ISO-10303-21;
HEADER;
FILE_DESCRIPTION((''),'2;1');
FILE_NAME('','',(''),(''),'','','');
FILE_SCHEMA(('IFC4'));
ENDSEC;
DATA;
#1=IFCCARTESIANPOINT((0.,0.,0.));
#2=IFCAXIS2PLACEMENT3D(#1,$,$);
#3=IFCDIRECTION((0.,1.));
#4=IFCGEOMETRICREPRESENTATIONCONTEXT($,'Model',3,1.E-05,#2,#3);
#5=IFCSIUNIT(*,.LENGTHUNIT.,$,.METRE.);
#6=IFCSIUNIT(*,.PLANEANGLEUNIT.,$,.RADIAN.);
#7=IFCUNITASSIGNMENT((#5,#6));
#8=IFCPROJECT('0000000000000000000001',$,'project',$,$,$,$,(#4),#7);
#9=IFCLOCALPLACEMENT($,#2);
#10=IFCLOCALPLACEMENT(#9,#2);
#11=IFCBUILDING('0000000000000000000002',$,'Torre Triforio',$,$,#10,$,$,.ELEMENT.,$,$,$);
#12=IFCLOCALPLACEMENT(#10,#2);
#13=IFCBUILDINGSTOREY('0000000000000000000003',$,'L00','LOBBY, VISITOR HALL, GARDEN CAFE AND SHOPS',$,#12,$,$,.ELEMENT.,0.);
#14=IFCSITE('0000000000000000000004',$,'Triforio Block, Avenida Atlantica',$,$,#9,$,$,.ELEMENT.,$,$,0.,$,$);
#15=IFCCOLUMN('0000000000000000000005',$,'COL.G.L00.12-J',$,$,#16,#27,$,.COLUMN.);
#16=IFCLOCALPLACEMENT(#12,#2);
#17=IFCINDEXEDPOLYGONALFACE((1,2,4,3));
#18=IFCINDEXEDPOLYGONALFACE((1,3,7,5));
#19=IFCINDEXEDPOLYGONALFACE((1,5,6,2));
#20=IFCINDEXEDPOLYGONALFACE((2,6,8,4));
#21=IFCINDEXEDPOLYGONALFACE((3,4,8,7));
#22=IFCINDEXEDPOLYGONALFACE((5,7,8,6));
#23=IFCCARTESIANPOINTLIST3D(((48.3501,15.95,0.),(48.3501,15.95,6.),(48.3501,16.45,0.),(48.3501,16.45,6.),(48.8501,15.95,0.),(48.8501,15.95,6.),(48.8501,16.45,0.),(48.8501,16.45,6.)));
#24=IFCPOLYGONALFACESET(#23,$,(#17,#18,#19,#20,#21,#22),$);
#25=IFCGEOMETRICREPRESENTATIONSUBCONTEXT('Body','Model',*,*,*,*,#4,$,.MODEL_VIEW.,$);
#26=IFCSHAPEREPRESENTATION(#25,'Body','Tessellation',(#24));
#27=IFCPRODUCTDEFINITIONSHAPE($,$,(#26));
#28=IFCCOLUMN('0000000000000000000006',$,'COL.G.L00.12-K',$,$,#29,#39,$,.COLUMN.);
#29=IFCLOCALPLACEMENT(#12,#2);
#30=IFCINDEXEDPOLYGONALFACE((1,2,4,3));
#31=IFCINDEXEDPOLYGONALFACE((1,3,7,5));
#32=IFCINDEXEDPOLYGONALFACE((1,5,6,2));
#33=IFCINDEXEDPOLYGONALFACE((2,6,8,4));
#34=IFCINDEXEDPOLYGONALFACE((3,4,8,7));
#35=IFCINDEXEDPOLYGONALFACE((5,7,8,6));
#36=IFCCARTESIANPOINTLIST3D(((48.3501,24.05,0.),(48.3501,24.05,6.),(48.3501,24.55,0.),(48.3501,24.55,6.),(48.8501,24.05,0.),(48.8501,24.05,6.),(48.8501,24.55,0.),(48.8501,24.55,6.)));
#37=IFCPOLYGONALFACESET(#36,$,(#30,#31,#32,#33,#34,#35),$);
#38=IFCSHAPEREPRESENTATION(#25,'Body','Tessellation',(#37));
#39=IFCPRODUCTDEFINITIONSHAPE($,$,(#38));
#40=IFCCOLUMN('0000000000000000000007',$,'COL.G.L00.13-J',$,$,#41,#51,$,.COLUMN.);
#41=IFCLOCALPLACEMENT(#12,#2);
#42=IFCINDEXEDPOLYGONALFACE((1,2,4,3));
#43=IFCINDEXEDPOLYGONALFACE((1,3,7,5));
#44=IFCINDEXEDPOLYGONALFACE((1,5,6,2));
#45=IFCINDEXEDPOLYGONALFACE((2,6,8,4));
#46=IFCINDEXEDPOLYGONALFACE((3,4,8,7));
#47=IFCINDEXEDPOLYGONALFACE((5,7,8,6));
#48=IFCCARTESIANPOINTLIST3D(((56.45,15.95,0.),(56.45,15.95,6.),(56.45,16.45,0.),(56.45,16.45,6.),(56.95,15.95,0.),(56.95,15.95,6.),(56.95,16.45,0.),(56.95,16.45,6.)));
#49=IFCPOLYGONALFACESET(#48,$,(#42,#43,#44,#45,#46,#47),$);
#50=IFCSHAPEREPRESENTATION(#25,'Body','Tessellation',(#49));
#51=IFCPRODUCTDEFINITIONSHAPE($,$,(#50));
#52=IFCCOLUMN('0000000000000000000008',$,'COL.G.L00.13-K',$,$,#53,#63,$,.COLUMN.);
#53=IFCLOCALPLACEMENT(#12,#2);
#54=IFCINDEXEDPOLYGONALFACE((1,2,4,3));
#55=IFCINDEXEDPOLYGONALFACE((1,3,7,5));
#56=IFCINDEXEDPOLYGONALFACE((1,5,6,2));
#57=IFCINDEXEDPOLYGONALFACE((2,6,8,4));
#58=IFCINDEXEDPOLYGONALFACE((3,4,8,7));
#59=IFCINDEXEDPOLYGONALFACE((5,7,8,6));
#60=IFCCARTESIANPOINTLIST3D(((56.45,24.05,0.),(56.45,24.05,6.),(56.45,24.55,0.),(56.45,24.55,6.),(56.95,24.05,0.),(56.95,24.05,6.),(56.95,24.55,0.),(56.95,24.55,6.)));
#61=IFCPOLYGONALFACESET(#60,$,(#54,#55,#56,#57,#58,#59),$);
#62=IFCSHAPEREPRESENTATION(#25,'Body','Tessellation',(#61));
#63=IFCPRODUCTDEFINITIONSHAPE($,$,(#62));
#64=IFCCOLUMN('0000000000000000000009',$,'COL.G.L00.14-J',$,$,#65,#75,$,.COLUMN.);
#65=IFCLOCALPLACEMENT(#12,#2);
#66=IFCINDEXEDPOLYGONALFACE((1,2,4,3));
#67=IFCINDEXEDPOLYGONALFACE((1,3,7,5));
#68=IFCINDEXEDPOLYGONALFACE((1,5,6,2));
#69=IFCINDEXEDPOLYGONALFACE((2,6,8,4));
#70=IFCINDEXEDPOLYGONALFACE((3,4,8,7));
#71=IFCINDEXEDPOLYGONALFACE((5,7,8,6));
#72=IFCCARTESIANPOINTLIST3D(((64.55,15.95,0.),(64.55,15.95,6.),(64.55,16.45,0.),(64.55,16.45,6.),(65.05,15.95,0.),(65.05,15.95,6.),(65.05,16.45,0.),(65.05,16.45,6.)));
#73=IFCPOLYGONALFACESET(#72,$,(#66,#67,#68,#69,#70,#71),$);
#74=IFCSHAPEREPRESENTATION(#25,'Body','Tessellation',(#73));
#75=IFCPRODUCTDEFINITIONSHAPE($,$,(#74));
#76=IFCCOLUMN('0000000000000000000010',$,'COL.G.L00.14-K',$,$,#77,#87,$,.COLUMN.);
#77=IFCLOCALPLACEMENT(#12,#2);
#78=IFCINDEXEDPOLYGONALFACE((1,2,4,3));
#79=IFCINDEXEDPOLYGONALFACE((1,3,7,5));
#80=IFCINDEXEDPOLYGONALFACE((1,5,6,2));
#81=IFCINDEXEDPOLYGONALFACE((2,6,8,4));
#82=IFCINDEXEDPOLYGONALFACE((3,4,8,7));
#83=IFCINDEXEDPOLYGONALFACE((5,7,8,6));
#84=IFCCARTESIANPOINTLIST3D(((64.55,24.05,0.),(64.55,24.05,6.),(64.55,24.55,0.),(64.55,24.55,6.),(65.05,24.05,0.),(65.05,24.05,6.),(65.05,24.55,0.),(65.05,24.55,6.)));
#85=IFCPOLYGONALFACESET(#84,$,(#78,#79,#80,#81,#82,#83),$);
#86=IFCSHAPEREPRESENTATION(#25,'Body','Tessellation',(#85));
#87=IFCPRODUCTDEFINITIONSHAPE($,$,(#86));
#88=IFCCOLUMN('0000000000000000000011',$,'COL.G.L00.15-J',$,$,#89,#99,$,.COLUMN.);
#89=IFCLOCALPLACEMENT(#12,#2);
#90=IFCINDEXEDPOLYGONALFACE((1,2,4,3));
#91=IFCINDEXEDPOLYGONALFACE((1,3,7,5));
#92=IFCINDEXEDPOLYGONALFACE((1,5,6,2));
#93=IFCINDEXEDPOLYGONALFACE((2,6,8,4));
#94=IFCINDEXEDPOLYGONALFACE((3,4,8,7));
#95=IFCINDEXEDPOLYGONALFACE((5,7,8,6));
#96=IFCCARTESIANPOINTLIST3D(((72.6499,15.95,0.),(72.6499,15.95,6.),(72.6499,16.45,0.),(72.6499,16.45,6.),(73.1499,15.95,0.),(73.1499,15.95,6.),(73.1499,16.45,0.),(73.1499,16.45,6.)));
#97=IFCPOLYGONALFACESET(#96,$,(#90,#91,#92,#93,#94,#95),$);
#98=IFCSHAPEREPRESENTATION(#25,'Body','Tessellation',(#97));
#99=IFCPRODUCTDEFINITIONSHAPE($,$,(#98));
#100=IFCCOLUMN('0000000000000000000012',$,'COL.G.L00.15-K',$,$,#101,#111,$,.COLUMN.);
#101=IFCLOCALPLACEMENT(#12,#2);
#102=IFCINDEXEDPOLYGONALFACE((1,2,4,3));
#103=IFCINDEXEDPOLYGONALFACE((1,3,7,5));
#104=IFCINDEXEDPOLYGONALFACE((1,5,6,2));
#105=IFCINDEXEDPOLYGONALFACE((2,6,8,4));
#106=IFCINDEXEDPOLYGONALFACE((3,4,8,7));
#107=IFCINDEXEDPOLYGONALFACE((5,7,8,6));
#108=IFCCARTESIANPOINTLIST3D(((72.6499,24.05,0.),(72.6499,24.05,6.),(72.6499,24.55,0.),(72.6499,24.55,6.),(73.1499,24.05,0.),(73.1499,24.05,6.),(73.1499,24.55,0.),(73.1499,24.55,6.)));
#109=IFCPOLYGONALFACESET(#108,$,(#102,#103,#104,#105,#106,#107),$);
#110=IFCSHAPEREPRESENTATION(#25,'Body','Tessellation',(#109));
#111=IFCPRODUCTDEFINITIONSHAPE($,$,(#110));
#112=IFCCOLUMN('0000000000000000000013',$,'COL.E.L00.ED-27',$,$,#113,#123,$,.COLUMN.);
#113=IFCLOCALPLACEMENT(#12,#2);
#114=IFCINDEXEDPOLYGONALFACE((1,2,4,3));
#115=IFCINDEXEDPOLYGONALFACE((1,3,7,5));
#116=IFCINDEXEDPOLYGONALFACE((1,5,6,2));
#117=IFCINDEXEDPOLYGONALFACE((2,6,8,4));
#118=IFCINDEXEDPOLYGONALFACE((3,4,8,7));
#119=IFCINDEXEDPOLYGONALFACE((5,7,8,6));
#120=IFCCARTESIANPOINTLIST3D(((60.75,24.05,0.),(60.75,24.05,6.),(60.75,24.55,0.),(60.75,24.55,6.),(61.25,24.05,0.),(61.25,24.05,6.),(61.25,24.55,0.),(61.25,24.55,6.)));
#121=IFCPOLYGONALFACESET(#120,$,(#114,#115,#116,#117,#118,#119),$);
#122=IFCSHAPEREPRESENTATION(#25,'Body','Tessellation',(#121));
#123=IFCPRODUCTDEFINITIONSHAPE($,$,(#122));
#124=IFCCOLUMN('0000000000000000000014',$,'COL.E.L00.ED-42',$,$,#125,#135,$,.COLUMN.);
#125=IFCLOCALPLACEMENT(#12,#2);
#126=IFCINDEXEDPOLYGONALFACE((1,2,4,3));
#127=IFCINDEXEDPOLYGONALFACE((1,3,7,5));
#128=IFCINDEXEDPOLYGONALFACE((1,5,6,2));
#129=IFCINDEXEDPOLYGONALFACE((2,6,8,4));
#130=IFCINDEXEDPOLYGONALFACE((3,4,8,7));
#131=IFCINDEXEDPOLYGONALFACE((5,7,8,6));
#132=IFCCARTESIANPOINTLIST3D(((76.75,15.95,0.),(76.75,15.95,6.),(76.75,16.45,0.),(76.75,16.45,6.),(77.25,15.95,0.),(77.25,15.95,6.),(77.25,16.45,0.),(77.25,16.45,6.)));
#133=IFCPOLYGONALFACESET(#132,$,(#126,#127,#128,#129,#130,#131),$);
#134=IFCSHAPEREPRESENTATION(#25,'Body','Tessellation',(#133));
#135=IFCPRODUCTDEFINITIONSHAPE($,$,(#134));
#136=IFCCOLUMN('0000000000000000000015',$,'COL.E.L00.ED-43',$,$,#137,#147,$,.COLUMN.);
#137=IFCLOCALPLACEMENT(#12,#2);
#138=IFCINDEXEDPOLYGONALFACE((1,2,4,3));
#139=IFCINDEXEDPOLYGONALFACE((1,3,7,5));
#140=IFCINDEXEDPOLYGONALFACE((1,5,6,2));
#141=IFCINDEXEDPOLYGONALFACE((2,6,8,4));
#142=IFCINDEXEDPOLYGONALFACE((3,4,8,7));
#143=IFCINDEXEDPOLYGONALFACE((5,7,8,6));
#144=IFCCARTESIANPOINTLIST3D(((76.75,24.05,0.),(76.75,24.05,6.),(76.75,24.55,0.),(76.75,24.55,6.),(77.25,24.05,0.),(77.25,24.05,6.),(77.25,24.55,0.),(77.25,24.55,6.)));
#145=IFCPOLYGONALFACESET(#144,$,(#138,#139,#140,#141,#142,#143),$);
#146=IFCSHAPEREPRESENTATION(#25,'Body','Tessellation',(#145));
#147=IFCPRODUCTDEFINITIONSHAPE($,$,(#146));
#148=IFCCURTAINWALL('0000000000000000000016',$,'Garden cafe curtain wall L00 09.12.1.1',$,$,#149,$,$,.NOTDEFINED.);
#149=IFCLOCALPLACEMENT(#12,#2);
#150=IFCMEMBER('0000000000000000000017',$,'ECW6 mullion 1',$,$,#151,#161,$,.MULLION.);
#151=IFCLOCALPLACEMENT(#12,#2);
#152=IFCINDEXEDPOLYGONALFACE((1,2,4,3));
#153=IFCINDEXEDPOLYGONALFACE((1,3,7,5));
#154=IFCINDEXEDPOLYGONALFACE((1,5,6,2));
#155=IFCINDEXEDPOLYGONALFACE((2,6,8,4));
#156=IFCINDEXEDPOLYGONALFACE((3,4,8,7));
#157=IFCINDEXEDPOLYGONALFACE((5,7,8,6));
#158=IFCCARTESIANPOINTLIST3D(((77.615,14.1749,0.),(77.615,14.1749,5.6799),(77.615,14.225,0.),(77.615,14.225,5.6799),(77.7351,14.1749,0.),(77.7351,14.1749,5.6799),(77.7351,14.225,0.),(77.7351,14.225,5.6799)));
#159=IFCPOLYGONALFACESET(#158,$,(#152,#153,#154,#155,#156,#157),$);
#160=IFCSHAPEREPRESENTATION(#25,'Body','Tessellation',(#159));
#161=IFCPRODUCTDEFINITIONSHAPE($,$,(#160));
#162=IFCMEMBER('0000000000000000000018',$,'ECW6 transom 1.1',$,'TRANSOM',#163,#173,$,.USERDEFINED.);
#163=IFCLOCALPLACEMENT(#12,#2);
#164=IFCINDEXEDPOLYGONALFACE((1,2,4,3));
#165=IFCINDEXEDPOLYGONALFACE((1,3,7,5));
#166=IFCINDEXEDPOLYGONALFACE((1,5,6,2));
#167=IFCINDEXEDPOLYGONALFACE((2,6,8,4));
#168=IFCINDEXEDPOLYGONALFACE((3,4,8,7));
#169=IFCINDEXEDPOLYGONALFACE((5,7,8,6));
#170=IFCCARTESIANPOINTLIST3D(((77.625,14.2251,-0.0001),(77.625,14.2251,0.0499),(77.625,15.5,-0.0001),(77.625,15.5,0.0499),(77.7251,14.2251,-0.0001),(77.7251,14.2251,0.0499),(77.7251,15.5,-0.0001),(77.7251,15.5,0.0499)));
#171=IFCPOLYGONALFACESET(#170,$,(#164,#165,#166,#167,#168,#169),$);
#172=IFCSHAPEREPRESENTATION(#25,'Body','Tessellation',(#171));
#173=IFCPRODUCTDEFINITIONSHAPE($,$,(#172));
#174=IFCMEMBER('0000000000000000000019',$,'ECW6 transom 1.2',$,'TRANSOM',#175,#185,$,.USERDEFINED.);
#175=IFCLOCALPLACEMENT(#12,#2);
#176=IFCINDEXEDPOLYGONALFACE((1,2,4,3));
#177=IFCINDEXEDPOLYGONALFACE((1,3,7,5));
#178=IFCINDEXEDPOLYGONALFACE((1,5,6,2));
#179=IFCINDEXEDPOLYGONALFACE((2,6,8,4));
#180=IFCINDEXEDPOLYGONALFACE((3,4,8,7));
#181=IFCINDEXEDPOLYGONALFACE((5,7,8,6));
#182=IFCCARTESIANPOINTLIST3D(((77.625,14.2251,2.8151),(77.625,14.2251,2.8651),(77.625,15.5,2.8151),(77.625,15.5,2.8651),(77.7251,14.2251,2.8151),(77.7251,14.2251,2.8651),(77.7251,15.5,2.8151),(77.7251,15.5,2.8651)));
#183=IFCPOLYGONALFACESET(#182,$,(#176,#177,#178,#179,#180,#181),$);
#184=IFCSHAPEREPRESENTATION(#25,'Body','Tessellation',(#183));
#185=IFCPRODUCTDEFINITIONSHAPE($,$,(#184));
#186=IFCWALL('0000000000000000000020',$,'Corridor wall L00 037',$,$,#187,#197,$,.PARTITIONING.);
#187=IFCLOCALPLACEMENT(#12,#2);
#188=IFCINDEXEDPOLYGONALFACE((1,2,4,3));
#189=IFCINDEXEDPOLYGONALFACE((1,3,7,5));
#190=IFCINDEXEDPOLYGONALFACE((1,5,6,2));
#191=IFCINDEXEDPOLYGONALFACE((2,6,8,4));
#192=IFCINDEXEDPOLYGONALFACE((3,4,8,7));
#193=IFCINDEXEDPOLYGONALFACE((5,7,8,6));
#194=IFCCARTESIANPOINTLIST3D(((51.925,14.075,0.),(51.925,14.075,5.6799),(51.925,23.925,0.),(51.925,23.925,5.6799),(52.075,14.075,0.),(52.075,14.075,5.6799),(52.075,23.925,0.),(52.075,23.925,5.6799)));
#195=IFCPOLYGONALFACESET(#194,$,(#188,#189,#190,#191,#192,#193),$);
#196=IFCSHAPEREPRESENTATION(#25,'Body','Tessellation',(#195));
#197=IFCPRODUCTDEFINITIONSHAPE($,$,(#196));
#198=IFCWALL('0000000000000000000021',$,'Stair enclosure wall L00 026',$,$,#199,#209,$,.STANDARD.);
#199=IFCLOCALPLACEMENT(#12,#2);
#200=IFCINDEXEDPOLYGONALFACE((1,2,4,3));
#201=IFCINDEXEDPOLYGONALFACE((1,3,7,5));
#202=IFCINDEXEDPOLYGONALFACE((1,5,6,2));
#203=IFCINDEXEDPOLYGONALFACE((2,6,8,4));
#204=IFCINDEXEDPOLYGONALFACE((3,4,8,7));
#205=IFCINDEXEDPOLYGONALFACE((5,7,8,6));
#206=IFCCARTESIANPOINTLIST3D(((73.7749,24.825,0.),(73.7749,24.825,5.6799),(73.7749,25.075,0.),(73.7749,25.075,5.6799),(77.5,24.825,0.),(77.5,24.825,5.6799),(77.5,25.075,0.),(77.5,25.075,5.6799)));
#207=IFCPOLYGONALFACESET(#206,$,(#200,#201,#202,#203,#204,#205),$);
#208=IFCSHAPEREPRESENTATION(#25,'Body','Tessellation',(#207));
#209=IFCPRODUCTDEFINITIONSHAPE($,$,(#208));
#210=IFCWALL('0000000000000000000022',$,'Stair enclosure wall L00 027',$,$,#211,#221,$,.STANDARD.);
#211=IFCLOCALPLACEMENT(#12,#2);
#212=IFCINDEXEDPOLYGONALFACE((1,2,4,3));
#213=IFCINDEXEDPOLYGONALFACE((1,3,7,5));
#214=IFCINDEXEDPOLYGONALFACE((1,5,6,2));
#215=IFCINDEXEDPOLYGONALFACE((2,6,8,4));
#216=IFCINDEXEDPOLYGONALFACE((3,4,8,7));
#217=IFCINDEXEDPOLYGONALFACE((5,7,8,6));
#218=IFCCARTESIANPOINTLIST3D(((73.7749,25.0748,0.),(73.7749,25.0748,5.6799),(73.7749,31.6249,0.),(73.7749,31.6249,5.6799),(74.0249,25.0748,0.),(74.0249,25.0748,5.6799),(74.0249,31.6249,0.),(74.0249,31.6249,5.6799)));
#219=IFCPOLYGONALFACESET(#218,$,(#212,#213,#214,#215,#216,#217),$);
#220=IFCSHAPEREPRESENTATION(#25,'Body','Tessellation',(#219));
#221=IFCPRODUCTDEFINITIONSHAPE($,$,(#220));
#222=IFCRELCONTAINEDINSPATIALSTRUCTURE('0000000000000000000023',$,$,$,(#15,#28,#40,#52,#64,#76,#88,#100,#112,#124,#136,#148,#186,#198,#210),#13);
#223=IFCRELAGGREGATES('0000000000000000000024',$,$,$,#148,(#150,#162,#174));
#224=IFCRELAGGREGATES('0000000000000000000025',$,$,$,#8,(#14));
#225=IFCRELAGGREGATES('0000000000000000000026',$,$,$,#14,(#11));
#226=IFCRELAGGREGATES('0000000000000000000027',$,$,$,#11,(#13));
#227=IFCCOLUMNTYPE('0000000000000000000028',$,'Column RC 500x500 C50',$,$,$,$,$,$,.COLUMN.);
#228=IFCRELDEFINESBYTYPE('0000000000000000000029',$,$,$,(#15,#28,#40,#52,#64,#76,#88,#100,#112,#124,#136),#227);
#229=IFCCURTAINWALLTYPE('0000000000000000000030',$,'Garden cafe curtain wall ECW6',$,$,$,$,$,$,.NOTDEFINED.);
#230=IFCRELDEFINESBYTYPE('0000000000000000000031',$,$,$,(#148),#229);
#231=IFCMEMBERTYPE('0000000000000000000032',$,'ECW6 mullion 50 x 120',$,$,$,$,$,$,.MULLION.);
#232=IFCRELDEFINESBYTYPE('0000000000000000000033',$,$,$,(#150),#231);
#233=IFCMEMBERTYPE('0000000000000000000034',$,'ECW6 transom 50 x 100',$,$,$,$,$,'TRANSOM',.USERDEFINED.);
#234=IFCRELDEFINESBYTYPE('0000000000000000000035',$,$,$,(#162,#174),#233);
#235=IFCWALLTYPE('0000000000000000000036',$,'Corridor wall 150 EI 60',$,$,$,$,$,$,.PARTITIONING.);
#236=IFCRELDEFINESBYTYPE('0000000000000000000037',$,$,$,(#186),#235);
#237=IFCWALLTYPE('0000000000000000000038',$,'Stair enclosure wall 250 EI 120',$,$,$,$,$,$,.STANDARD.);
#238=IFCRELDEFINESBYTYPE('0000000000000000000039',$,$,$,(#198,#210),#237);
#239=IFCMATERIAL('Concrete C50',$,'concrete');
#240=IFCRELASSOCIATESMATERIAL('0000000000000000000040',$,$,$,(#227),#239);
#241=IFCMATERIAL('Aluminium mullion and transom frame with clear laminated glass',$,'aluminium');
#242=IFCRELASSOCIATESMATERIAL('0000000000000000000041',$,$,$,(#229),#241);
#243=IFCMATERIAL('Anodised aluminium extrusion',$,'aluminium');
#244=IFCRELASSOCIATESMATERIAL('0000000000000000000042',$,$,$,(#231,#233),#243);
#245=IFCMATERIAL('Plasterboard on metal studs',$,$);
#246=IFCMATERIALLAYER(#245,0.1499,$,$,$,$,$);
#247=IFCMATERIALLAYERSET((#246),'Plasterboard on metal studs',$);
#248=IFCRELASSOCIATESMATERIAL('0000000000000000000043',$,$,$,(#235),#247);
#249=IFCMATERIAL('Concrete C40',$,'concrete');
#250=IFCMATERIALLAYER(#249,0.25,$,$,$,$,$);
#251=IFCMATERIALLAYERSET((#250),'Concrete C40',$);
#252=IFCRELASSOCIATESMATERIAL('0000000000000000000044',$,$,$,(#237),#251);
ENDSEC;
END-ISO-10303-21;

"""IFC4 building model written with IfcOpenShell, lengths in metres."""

from ifc_helpers import new_model, si_unit, direction, frame, frame_2d, origin, origin_2d, place, context, subcontext, project, spatial, rectangle, extrude, material, layer, layer_set, material_profile, profile_set, type_object, element, aggregate, save


model = new_model("IFC4")

# Units and contexts
model_context = context("Model", 3, precision=1e-05, world=origin(), true_north=direction((0.0, 1.0)))
body_context = subcontext(model_context, "Body", "Model", "MODEL_VIEW")
ifc_project = project(units=[si_unit("LENGTHUNIT", "METRE"), si_unit("PLANEANGLEUNIT", "RADIAN")], contexts=[model_context])

# Site, building, storey
site_placement = place(None, origin())
site = spatial("IfcSite", under=ifc_project, at=site_placement, Name="Triforio Block, Avenida Atlantica", CompositionType="ELEMENT", RefElevation=0.0)
building_placement = place(site_placement, origin())
building = spatial("IfcBuilding", under=site, at=building_placement, Name="Torre Triforio", CompositionType="ELEMENT")
storey_placement = place(building_placement, origin())
storey = spatial("IfcBuildingStorey", under=building, at=storey_placement, Name="L00", Description="LOBBY, VISITOR HALL, GARDEN CAFE AND SHOPS", CompositionType="ELEMENT", Elevation=0.0)

# Columns
ifc_material_1 = material(Name="Concrete C50", Category="concrete")
ifc_material_profile_1 = material_profile(ifc_material_1, rectangle(XDim=0.5, YDim=0.5, at=origin_2d()), Name="RC 500x500")
ifc_profile_set_1 = profile_set([ifc_material_profile_1], Name="Concrete C50")
column_type = type_object("IfcColumnType", Name="Column RC 500x500 C50", PredefinedType="COLUMN", material=ifc_profile_set_1)
for number, where, z_axis, x_axis, name in (
    (1, (48.6001, 16.2, 0.0), (0.0, 0.0, 1.0), (1.0, 0.0, 0.0), "COL.G.L00.12-J"),
    (2, (48.6001, 24.3, 0.0), (0.0, 0.0, 1.0), (1.0, 0.0, 0.0), "COL.G.L00.12-K"),
    (3, (56.7, 16.2, 0.0), (0.0, 0.0, 1.0), (1.0, 0.0, 0.0), "COL.G.L00.13-J"),
    (4, (56.7, 24.3, 0.0), (0.0, 0.0, 1.0), (1.0, 0.0, 0.0), "COL.G.L00.13-K"),
    (5, (64.8, 16.2, 0.0), (0.0, 0.0, 1.0), (1.0, 0.0, 0.0), "COL.G.L00.14-J"),
    (6, (64.8, 24.3, 0.0), (0.0, 0.0, 1.0), (1.0, 0.0, 0.0), "COL.G.L00.14-K"),
    (7, (72.8999, 16.2, 0.0), (0.0, 0.0, 1.0), (1.0, 0.0, 0.0), "COL.G.L00.15-J"),
    (8, (72.8999, 24.3, 0.0), (0.0, 0.0, 1.0), (1.0, 0.0, 0.0), "COL.G.L00.15-K"),
    (9, (61.0, 24.3, 0.0), (0.0, 0.0, 1.0), (1.0, 0.0, 0.0), "COL.E.L00.ED-27"),
    (10, (77.0, 16.2, 0.0), (0.0, 0.0, 1.0), (1.0, 0.0, 0.0), "COL.E.L00.ED-42"),
    (11, (77.0, 24.3, 0.0), (0.0, 0.0, 1.0), (1.0, 0.0, 0.0), "COL.E.L00.ED-43"),
):
    element("IfcColumn", number, at=place(storey_placement, frame(where, z_axis=z_axis, x_axis=x_axis)), inside=storey, type_object=column_type, Name=name, PredefinedType="COLUMN", context=body_context, shape_type="SweptSolid", body=[
        extrude(rectangle(XDim=0.5, YDim=0.5, at=origin_2d()), origin(), (0.0, 0.0, 1.0), 6.0),
    ])

# Curtain wall, members
ifc_material_2 = material(Name="Aluminium mullion and transom frame with clear laminated glass", Category="aluminium")
curtain_wall_type = type_object("IfcCurtainWallType", Name="Garden cafe curtain wall ECW6", PredefinedType="NOTDEFINED", material=ifc_material_2)
curtain_wall_placement = place(storey_placement, origin())
curtain_wall = element("IfcCurtainWall", 12, at=curtain_wall_placement, inside=storey, type_object=curtain_wall_type, Name="Garden cafe curtain wall L00 09.12.1.1", PredefinedType="NOTDEFINED")
ifc_material_3 = material(Name="Anodised aluminium extrusion", Category="aluminium")
ifc_material_profile_2 = material_profile(ifc_material_3, rectangle(XDim=0.1201, YDim=0.05, at=origin_2d()), Name="ECW6 MULLION 50x120")
ifc_profile_set_2 = profile_set([ifc_material_profile_2], Name="Anodised aluminium extrusion")
member_type_1 = type_object("IfcMemberType", Name="ECW6 mullion 50 x 120", PredefinedType="MULLION", material=ifc_profile_set_2)
member_1_placement = place(storey_placement, frame((77.675, 14.2, 0.0), z_axis=(0.0, 0.0, 1.0), x_axis=(-1.0, 0.0, 0.0)))
member_1 = element("IfcMember", 13, at=member_1_placement, type_object=member_type_1, Name="ECW6 mullion 1", PredefinedType="MULLION", context=body_context, shape_type="SweptSolid", body=[
    extrude(rectangle(XDim=0.1201, YDim=0.05, at=origin_2d()), origin(), (0.0, 0.0, 1.0), 5.6799),
])
ifc_material_profile_3 = material_profile(ifc_material_3, rectangle(XDim=0.1001, YDim=0.05, at=origin_2d()), Name="ECW6 TRANSOM 50x100")
ifc_profile_set_3 = profile_set([ifc_material_profile_3], Name="Anodised aluminium extrusion")
member_type_2 = type_object("IfcMemberType", Name="ECW6 transom 50 x 100", ElementType="TRANSOM", PredefinedType="USERDEFINED", material=ifc_profile_set_3)
member_2_placement = place(storey_placement, frame((77.675, 14.2251, 0.0249), z_axis=(0.0, 1.0, 0.0), x_axis=(-1.0, 0.0, 0.0)))
member_2 = element("IfcMember", 14, at=member_2_placement, type_object=member_type_2, Name="ECW6 transom 1.1", ObjectType="TRANSOM", PredefinedType="USERDEFINED", context=body_context, shape_type="SweptSolid", body=[
    extrude(rectangle(XDim=0.1001, YDim=0.05, at=origin_2d()), origin(), (0.0, 0.0, 1.0), 1.2749),
])
member_3_placement = place(storey_placement, frame((77.675, 14.2251, 2.8401), z_axis=(0.0, 1.0, 0.0), x_axis=(-1.0, 0.0, 0.0)))
member_3 = element("IfcMember", 15, at=member_3_placement, type_object=member_type_2, Name="ECW6 transom 1.2", ObjectType="TRANSOM", PredefinedType="USERDEFINED", context=body_context, shape_type="SweptSolid", body=[
    extrude(rectangle(XDim=0.1001, YDim=0.05, at=origin_2d()), origin(), (0.0, 0.0, 1.0), 1.2749),
])
aggregate(curtain_wall, [member_1, member_2, member_3])

# Walls
ifc_material_4 = material(Name="Plasterboard on metal studs")
ifc_layer_1 = layer(ifc_material_4, 0.1499)
ifc_layer_set_1 = layer_set([ifc_layer_1], Name="Plasterboard on metal studs")
wall_type_1 = type_object("IfcWallType", Name="Corridor wall 150 EI 60", PredefinedType="PARTITIONING", material=ifc_layer_set_1)
wall_1_placement = place(storey_placement, frame((52.0, 14.075, 0.0), z_axis=(0.0, 0.0, 1.0), x_axis=(0.0, 1.0, 0.0)))
element("IfcWall", 16, at=wall_1_placement, inside=storey, type_object=wall_type_1, Name="Corridor wall L00 037", PredefinedType="PARTITIONING", context=body_context, shape_type="SweptSolid", body=[
    extrude(rectangle(XDim=9.8501, YDim=0.1499, at=frame_2d((4.925, 0.0))), origin(), (0.0, 0.0, 1.0), 5.6799),
])
ifc_material_5 = material(Name="Concrete C40", Category="concrete")
ifc_layer_2 = layer(ifc_material_5, 0.25)
ifc_layer_set_2 = layer_set([ifc_layer_2], Name="Concrete C40")
wall_type_2 = type_object("IfcWallType", Name="Stair enclosure wall 250 EI 120", PredefinedType="STANDARD", material=ifc_layer_set_2)
wall_2_placement = place(storey_placement, frame((73.7749, 24.95, 0.0), z_axis=(0.0, 0.0, 1.0), x_axis=(1.0, 0.0, 0.0)))
element("IfcWall", 17, at=wall_2_placement, inside=storey, type_object=wall_type_2, Name="Stair enclosure wall L00 026", PredefinedType="STANDARD", context=body_context, shape_type="SweptSolid", body=[
    extrude(rectangle(XDim=3.7251, YDim=0.25, at=frame_2d((1.8625, 0.0))), origin(), (0.0, 0.0, 1.0), 5.6799),
])
wall_3_placement = place(storey_placement, frame((73.8999, 25.075, 0.0), z_axis=(0.0, 0.0, 1.0), x_axis=(0.0, 1.0, 0.0)))
element("IfcWall", 18, at=wall_3_placement, inside=storey, type_object=wall_type_2, Name="Stair enclosure wall L00 027", PredefinedType="STANDARD", context=body_context, shape_type="SweptSolid", body=[
    extrude(rectangle(XDim=6.55, YDim=0.25, at=frame_2d((3.2749, 0.0))), origin(), (0.0, 0.0, 1.0), 5.6799),
])

save(model, "model.ifc")
